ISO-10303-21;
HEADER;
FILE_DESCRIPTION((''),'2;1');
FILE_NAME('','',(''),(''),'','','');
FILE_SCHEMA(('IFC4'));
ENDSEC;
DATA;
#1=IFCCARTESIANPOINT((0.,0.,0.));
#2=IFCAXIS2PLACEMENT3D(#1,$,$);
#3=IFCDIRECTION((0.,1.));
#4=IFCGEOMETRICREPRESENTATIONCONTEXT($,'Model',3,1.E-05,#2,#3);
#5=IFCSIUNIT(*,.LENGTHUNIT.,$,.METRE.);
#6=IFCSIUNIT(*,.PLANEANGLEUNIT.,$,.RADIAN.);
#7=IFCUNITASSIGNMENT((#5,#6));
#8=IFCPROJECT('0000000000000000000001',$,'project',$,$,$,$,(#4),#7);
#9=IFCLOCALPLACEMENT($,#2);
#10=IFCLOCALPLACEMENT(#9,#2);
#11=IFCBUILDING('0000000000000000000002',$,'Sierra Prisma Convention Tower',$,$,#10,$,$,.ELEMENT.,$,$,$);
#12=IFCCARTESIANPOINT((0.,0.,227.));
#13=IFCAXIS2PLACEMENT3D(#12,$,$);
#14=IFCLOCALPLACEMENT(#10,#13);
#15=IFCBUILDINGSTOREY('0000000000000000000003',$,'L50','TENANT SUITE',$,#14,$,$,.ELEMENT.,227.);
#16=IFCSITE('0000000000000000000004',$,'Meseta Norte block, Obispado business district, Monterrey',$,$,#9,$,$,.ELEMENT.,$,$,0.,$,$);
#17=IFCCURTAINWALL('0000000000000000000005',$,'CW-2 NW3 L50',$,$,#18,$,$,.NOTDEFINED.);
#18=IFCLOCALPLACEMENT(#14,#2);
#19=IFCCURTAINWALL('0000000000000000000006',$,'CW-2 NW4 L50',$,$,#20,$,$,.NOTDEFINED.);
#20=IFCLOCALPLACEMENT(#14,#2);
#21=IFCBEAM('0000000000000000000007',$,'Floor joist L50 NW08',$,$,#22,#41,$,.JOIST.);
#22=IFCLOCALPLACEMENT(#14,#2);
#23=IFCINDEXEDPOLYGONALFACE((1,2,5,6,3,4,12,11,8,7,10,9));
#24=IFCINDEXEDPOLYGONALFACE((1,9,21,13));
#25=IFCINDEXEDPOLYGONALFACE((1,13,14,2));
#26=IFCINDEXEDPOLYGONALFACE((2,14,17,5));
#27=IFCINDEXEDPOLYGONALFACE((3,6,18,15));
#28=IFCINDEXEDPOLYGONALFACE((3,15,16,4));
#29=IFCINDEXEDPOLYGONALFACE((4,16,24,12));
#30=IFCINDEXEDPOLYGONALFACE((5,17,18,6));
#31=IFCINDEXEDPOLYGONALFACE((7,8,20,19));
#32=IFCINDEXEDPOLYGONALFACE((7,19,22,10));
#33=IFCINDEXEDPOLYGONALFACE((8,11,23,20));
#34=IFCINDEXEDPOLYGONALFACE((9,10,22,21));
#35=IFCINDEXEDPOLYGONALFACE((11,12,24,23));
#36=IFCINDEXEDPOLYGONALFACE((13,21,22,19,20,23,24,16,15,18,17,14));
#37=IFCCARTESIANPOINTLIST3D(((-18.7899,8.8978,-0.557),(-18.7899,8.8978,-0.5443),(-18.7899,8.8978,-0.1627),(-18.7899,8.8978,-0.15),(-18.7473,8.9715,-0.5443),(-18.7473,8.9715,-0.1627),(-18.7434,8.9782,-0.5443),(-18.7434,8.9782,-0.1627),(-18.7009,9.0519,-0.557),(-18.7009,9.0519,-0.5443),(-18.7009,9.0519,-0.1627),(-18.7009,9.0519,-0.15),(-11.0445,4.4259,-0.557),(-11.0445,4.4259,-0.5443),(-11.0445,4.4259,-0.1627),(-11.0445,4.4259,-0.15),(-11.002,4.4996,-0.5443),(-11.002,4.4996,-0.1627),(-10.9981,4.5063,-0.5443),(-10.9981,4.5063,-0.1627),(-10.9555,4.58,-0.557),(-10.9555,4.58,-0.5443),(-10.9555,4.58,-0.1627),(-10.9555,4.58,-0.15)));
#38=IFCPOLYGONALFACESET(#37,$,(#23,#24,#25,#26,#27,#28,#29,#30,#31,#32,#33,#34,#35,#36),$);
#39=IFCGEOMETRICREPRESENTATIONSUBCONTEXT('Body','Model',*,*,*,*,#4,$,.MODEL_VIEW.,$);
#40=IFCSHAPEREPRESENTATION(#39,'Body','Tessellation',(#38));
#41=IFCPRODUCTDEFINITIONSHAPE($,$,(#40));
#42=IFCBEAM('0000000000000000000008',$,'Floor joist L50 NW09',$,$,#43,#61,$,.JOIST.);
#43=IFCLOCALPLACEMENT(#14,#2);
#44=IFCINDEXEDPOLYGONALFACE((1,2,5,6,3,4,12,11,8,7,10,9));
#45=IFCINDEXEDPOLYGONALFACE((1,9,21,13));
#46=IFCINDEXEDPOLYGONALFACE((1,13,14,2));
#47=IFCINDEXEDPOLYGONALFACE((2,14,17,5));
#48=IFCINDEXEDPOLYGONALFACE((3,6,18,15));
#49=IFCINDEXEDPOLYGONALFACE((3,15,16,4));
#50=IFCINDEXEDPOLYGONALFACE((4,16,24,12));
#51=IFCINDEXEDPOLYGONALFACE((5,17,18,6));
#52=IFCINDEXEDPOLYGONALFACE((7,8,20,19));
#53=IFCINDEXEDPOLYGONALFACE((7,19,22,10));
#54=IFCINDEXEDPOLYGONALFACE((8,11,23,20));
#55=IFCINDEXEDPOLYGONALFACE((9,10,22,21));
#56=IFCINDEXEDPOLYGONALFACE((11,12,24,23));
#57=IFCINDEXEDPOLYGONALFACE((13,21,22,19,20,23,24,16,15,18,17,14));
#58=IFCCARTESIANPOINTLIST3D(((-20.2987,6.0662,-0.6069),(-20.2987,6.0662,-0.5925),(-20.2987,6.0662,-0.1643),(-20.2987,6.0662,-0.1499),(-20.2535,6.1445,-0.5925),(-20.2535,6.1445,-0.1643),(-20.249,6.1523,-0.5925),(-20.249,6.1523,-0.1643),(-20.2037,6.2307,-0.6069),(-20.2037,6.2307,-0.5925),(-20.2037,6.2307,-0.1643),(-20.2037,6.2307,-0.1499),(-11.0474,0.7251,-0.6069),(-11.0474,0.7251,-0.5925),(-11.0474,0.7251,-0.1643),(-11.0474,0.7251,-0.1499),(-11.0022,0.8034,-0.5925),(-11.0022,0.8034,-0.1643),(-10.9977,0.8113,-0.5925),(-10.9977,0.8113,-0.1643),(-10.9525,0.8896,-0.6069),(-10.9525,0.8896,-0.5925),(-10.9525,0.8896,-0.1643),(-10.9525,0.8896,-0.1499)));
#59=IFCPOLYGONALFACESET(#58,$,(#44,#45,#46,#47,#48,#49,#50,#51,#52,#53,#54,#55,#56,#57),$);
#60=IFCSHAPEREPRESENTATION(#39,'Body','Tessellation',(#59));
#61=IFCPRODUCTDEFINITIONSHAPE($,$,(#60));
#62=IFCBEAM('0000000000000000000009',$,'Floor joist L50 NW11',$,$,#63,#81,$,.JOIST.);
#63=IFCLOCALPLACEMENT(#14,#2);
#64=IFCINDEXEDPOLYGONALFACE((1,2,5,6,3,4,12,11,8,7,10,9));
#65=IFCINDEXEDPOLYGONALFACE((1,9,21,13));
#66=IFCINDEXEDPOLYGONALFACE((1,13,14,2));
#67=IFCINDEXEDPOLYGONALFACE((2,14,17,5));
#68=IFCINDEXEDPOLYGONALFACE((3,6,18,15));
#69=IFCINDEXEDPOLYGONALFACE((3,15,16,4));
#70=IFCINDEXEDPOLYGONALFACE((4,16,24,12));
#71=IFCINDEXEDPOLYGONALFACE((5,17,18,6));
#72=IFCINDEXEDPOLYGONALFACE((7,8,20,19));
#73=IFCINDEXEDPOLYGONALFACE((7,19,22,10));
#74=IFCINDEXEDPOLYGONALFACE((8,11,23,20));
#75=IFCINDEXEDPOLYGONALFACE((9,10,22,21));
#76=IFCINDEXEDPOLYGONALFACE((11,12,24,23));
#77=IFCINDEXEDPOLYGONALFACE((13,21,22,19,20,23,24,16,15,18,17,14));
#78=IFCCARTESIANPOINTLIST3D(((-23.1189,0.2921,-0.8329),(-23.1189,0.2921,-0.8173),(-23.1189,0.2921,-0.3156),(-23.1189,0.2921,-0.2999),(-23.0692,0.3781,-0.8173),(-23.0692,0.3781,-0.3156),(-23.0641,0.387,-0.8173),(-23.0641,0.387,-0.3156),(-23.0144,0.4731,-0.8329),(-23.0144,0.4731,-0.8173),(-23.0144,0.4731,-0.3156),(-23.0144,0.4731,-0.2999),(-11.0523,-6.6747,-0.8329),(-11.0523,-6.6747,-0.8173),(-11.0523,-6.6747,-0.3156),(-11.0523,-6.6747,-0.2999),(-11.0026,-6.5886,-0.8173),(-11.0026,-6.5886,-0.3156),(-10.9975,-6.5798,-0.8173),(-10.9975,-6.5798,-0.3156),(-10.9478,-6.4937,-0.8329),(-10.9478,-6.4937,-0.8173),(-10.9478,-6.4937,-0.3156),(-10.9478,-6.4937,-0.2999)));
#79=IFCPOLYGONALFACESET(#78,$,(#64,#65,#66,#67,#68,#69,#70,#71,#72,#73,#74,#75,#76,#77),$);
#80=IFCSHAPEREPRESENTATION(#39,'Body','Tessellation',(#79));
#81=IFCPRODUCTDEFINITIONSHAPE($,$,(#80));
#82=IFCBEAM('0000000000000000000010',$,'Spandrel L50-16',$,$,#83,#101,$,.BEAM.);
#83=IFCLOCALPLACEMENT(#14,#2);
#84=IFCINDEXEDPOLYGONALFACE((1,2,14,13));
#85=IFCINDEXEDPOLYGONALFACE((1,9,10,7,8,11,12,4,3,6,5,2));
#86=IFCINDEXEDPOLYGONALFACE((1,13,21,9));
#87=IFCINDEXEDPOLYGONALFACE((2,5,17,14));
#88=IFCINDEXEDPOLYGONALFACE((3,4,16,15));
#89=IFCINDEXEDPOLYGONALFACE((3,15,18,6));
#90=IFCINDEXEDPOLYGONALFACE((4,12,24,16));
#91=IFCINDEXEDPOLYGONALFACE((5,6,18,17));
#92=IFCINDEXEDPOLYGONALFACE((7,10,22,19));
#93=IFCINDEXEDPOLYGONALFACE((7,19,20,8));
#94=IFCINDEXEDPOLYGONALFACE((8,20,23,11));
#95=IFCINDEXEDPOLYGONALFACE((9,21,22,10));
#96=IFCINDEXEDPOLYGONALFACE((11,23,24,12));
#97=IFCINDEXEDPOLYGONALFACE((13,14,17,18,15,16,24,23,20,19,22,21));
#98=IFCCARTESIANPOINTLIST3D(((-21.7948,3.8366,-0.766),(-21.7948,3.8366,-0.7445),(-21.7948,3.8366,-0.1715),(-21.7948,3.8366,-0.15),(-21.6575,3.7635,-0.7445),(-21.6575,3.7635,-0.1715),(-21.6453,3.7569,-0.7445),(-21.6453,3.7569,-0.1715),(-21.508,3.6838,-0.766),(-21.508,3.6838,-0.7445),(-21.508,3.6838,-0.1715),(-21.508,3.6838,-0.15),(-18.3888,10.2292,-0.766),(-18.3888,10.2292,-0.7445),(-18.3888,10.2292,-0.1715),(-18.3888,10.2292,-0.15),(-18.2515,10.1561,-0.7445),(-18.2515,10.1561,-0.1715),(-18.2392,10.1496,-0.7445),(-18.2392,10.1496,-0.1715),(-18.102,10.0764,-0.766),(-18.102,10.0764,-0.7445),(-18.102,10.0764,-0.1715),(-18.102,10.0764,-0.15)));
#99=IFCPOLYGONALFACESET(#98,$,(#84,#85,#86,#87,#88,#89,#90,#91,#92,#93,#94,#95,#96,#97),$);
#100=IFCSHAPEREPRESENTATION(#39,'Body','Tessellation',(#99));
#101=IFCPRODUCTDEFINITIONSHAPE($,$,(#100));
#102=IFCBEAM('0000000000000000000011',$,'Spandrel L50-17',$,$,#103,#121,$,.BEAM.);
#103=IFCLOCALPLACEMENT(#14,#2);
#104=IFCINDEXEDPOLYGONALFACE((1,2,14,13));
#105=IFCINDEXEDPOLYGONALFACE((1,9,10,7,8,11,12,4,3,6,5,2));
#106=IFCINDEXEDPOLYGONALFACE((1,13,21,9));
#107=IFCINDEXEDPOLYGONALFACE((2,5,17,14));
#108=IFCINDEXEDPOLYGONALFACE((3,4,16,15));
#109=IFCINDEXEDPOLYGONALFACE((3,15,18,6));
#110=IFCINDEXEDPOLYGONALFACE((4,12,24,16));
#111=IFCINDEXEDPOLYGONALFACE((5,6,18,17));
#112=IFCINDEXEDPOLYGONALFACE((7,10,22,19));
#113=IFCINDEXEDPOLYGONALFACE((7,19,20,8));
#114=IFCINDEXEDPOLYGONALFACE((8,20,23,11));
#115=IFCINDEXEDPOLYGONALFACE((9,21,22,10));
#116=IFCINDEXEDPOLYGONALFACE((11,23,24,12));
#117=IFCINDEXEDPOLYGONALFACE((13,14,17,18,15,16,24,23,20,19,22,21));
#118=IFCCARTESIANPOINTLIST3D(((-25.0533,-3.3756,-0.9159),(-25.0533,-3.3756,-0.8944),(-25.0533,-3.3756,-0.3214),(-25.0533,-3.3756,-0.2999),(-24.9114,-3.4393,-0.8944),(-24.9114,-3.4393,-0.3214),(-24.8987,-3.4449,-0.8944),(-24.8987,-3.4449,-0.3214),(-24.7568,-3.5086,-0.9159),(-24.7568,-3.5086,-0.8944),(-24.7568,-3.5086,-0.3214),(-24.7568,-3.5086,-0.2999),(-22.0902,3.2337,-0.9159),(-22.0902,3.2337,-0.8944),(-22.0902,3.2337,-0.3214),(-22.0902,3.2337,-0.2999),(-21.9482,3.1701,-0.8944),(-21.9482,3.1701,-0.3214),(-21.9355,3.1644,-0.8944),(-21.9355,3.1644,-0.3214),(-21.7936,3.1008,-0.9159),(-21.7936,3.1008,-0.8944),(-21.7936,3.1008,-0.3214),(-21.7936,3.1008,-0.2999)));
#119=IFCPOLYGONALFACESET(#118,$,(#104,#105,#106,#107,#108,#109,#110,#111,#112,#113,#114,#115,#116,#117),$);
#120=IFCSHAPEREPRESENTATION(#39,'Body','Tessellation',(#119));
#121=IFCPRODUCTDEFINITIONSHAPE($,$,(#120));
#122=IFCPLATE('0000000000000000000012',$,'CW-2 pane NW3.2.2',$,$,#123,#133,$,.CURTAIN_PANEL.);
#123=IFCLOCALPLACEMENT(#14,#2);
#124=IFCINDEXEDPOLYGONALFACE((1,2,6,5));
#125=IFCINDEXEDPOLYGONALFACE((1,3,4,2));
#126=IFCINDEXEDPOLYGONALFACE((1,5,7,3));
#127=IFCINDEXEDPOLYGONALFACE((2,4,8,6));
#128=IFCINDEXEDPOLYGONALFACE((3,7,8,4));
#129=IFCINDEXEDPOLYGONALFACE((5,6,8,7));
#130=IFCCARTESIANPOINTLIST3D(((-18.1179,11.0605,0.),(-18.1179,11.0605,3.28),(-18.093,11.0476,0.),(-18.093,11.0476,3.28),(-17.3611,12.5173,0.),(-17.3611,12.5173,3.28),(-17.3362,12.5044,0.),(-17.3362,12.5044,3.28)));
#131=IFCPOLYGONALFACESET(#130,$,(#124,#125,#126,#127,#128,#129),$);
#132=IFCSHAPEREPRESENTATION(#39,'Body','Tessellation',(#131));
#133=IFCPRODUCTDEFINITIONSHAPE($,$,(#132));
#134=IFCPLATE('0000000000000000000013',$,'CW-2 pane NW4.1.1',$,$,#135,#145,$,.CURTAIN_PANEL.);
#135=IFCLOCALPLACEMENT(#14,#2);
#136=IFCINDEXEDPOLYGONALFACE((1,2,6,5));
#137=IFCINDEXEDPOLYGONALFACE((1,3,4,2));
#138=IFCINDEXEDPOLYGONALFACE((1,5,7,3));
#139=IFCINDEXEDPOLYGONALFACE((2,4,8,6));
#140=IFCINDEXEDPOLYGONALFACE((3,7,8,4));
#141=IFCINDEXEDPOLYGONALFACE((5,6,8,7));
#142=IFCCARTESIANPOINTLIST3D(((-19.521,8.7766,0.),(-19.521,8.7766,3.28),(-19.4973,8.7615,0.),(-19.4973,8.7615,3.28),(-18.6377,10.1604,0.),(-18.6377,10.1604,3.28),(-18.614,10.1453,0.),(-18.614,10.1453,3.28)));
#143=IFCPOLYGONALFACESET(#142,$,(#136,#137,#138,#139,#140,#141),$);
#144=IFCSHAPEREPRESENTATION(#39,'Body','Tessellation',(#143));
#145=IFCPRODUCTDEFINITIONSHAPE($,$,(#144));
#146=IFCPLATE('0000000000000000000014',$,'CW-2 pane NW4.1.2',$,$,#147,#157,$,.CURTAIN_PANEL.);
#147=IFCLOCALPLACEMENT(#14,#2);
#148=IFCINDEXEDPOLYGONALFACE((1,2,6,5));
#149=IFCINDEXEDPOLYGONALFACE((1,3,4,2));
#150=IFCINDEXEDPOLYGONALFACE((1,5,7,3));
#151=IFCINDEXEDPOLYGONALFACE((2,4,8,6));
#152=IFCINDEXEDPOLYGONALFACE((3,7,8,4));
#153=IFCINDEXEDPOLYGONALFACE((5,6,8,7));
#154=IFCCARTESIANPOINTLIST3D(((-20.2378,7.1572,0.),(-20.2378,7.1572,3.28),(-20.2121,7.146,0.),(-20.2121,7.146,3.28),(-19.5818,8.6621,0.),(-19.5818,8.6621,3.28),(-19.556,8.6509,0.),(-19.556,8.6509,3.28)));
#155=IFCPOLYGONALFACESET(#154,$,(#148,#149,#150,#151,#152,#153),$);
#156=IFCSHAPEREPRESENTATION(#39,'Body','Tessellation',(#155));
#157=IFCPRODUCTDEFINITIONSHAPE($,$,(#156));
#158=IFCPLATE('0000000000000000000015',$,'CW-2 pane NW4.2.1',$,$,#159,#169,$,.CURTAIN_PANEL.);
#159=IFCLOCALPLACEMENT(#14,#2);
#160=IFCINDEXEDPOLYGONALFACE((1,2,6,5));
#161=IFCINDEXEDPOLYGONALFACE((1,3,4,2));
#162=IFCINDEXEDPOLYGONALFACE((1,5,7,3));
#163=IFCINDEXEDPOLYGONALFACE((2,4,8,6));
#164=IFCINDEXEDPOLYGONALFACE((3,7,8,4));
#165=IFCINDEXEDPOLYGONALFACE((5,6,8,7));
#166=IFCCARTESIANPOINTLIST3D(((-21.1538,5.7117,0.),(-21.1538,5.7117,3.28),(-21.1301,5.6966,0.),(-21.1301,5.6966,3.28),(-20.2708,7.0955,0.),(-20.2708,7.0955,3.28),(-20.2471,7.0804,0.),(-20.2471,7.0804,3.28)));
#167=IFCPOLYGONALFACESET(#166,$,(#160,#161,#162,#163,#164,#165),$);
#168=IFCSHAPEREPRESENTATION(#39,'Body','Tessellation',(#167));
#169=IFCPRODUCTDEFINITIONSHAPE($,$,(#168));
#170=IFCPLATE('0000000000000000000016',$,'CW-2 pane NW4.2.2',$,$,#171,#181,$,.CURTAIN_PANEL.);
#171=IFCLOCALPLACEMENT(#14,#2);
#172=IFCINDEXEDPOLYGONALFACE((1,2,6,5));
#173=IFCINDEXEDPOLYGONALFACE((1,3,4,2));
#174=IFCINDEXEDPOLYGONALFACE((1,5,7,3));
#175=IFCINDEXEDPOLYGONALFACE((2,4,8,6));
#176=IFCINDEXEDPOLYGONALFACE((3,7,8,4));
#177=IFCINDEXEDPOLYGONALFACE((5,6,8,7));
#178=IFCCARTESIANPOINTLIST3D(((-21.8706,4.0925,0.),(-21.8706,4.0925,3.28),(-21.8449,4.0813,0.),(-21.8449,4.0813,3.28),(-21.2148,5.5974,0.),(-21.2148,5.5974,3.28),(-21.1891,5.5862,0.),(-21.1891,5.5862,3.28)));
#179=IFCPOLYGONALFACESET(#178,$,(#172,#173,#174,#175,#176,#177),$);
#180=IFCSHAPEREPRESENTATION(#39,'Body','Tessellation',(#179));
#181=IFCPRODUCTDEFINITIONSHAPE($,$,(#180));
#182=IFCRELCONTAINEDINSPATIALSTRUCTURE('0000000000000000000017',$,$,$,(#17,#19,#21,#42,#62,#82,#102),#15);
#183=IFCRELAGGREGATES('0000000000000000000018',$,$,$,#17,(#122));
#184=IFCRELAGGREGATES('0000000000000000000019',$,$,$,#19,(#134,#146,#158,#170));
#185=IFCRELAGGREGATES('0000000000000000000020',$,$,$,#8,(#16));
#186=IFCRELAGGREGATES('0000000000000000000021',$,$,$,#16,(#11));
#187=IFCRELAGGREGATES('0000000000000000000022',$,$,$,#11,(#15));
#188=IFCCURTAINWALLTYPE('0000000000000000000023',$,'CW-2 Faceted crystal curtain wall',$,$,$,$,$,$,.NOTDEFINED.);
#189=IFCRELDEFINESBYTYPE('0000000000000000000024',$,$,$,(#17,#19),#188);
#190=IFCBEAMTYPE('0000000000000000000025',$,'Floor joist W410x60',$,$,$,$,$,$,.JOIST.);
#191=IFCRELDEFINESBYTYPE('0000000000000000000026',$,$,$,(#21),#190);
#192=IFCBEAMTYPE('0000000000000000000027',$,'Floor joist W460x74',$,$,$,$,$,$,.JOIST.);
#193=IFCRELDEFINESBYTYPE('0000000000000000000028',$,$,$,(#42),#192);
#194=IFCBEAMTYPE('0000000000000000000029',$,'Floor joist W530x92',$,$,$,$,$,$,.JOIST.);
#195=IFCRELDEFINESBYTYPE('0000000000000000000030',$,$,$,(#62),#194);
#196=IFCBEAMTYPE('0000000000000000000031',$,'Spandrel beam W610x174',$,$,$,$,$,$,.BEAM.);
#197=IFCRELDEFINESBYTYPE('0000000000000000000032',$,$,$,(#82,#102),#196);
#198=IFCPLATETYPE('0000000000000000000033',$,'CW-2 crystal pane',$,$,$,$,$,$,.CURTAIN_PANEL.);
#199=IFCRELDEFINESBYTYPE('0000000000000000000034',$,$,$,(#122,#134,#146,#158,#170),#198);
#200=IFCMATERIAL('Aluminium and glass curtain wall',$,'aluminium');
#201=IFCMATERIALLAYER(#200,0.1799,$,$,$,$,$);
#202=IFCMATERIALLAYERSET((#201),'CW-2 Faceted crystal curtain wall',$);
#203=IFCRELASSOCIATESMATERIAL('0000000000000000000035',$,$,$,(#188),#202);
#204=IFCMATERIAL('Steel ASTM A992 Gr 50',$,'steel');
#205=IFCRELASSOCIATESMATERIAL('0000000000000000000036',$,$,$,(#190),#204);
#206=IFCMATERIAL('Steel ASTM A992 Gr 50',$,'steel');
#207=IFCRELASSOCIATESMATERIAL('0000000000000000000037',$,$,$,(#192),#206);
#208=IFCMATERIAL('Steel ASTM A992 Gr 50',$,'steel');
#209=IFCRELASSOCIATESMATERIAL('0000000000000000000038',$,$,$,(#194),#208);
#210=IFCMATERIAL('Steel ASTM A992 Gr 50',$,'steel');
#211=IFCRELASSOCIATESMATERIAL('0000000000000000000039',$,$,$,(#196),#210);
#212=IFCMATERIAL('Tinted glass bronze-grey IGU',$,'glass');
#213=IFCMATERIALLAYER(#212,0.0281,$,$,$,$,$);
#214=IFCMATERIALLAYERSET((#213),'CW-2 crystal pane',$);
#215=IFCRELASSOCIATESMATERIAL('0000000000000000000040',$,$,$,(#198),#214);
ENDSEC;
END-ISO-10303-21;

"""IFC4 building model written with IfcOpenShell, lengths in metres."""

from ifc_helpers import new_model, si_unit, direction, frame, origin, origin_2d, place, context, subcontext, project, spatial, polyline, i_section, outline, extrude, material, layer, layer_set, material_profile, profile_set, type_object, element, aggregate, save


model = new_model("IFC4")

# Units and contexts
model_context = context("Model", 3, precision=1e-05, world=origin(), true_north=direction((0.0, 1.0)))
body_context = subcontext(model_context, "Body", "Model", "MODEL_VIEW")
ifc_project = project(units=[si_unit("LENGTHUNIT", "METRE"), si_unit("PLANEANGLEUNIT", "RADIAN")], contexts=[model_context])

# Site, building, storey
site_placement = place(None, origin())
site = spatial("IfcSite", under=ifc_project, at=site_placement, Name="Meseta Norte block, Obispado business district, Monterrey", CompositionType="ELEMENT", RefElevation=0.0)
building_placement = place(site_placement, origin())
building = spatial("IfcBuilding", under=site, at=building_placement, Name="Sierra Prisma Convention Tower", CompositionType="ELEMENT")
storey_placement = place(building_placement, frame((0.0, 0.0, 227.0)))
storey = spatial("IfcBuildingStorey", under=building, at=storey_placement, Name="L50", Description="TENANT SUITE", CompositionType="ELEMENT", Elevation=227.0)

# Curtain wall
ifc_material_1 = material(Name="Aluminium and glass curtain wall", Category="aluminium")
ifc_layer_1 = layer(ifc_material_1, 0.1799)
ifc_layer_set_1 = layer_set([ifc_layer_1], Name="CW-2 Faceted crystal curtain wall")
curtain_wall_type = type_object("IfcCurtainWallType", Name="CW-2 Faceted crystal curtain wall", PredefinedType="NOTDEFINED", material=ifc_layer_set_1)
curtain_wall_1_placement = place(storey_placement, origin())
curtain_wall_1 = element("IfcCurtainWall", 1, at=curtain_wall_1_placement, inside=storey, type_object=curtain_wall_type, Name="CW-2 NW3 L50", PredefinedType="NOTDEFINED")

# Curtain wall
curtain_wall_2_placement = place(storey_placement, origin())
curtain_wall_2 = element("IfcCurtainWall", 2, at=curtain_wall_2_placement, inside=storey, type_object=curtain_wall_type, Name="CW-2 NW4 L50", PredefinedType="NOTDEFINED")

# Beams
ifc_material_2 = material(Name="Steel ASTM A992 Gr 50", Category="steel")
ifc_material_profile_1 = material_profile(ifc_material_2, i_section(OverallWidth=0.178, OverallDepth=0.407, WebThickness=0.0078, FlangeThickness=0.0127, at=origin_2d()), Name="W410x60")
ifc_profile_set_1 = profile_set([ifc_material_profile_1], Name="Steel ASTM A992 Gr 50")
beam_type_1 = type_object("IfcBeamType", Name="Floor joist W410x60", PredefinedType="JOIST", material=ifc_profile_set_1)
beam_1_placement = place(storey_placement, frame((-18.7454, 8.9749, -0.3535), z_axis=(0.866019, -0.500012, 0.0), x_axis=(0.500012, 0.866019, 0.0)))
element("IfcBeam", 3, at=beam_1_placement, inside=storey, type_object=beam_type_1, Name="Floor joist L50 NW08", PredefinedType="JOIST", context=body_context, shape_type="SweptSolid", body=[
    extrude(i_section(OverallWidth=0.178, OverallDepth=0.407, WebThickness=0.0078, FlangeThickness=0.0127, at=origin_2d()), origin(), (0.0, 0.0, 1.0), 8.9436),
])
ifc_material_3 = material(Name="Steel ASTM A992 Gr 50", Category="steel")
ifc_material_profile_2 = material_profile(ifc_material_3, i_section(OverallWidth=0.1899, OverallDepth=0.457, WebThickness=0.009, FlangeThickness=0.0144, at=origin_2d()), Name="W460x74")
ifc_profile_set_2 = profile_set([ifc_material_profile_2], Name="Steel ASTM A992 Gr 50")
beam_type_2 = type_object("IfcBeamType", Name="Floor joist W460x74", PredefinedType="JOIST", material=ifc_profile_set_2)
beam_2_placement = place(storey_placement, frame((-20.2512, 6.1484, -0.3784), z_axis=(0.866031, -0.499991, 0.0), x_axis=(0.499991, 0.866031, 0.0)))
element("IfcBeam", 4, at=beam_2_placement, inside=storey, type_object=beam_type_2, Name="Floor joist L50 NW09", PredefinedType="JOIST", context=body_context, shape_type="SweptSolid", body=[
    extrude(i_section(OverallWidth=0.1899, OverallDepth=0.457, WebThickness=0.009, FlangeThickness=0.0144, at=origin_2d()), origin(), (0.0, 0.0, 1.0), 10.6824),
])
ifc_material_4 = material(Name="Steel ASTM A992 Gr 50", Category="steel")
ifc_material_profile_3 = material_profile(ifc_material_4, i_section(OverallWidth=0.209, OverallDepth=0.533, WebThickness=0.0103, FlangeThickness=0.0156, at=origin_2d()), Name="W530x92")
ifc_profile_set_3 = profile_set([ifc_material_profile_3], Name="Steel ASTM A992 Gr 50")
beam_type_3 = type_object("IfcBeamType", Name="Floor joist W530x92", PredefinedType="JOIST", material=ifc_profile_set_3)
beam_3_placement = place(storey_placement, frame((-23.0667, 0.3826, -0.5664), z_axis=(0.866022, -0.500006, 0.0), x_axis=(0.500006, 0.866022, 0.0)))
element("IfcBeam", 5, at=beam_3_placement, inside=storey, type_object=beam_type_3, Name="Floor joist L50 NW11", PredefinedType="JOIST", context=body_context, shape_type="SweptSolid", body=[
    extrude(i_section(OverallWidth=0.209, OverallDepth=0.533, WebThickness=0.0103, FlangeThickness=0.0156, at=origin_2d()), origin(), (0.0, 0.0, 1.0), 13.9333),
])
ifc_material_5 = material(Name="Steel ASTM A992 Gr 50", Category="steel")
ifc_material_profile_4 = material_profile(ifc_material_5, i_section(OverallWidth=0.325, OverallDepth=0.616, WebThickness=0.0139, FlangeThickness=0.0215, at=origin_2d()), Name="W610x174")
ifc_profile_set_4 = profile_set([ifc_material_profile_4], Name="Steel ASTM A992 Gr 50")
beam_type_4 = type_object("IfcBeamType", Name="Spandrel beam W610x174", PredefinedType="BEAM", material=ifc_profile_set_4)
beam_4_placement = place(storey_placement, frame((-18.2454, 10.1528, -0.458), z_axis=(-0.470226, -0.882546, 0.0), x_axis=(0.882546, -0.470226, 0.0)))
element("IfcBeam", 6, at=beam_4_placement, inside=storey, type_object=beam_type_4, Name="Spandrel L50-16", PredefinedType="BEAM", context=body_context, shape_type="SweptSolid", body=[
    extrude(i_section(OverallWidth=0.325, OverallDepth=0.616, WebThickness=0.0139, FlangeThickness=0.0215, at=origin_2d()), origin(), (0.0, 0.0, 1.0), 7.2434),
])
beam_5_placement = place(storey_placement, frame((-21.9419, 3.1672, -0.6079), z_axis=(-0.409092, -0.912493, 0.0), x_axis=(0.912493, -0.409092, 0.0)))
element("IfcBeam", 7, at=beam_5_placement, inside=storey, type_object=beam_type_4, Name="Spandrel L50-17", PredefinedType="BEAM", context=body_context, shape_type="SweptSolid", body=[
    extrude(i_section(OverallWidth=0.325, OverallDepth=0.616, WebThickness=0.0139, FlangeThickness=0.0215, at=origin_2d()), origin(), (0.0, 0.0, 1.0), 7.2432),
])

# Plates
ifc_material_6 = material(Name="Tinted glass bronze-grey IGU", Category="glass")
ifc_layer_2 = layer(ifc_material_6, 0.0281)
ifc_layer_set_2 = layer_set([ifc_layer_2], Name="CW-2 crystal pane")
plate_type = type_object("IfcPlateType", Name="CW-2 crystal pane", PredefinedType="CURTAIN_PANEL", material=ifc_layer_set_2)
plate_1_placement = place(storey_placement, frame((-18.1179, 11.0605, 0.0), z_axis=(-0.88739, 0.46102, 0.0), x_axis=(0.46102, 0.88739, 0.0)))
plate_1 = element("IfcPlate", 8, at=plate_1_placement, type_object=plate_type, Name="CW-2 pane NW3.2.2", PredefinedType="CURTAIN_PANEL", context=body_context, shape_type="SweptSolid", body=[
    extrude(outline(polyline([(0.0, 0.0), (1.6417, 0.0), (1.6417, -3.28), (0.0, -3.28), (0.0, 0.0)])), origin(), (0.0, 0.0, -1.0), 0.0281),
])
aggregate(curtain_wall_1, [plate_1])
plate_2_placement = place(storey_placement, frame((-18.6377, 10.1604, 0.0), z_axis=(-0.842914, 0.538049, 0.0), x_axis=(-0.538049, -0.842914, 0.0)))
plate_2 = element("IfcPlate", 9, at=plate_2_placement, type_object=plate_type, Name="CW-2 pane NW4.1.1", PredefinedType="CURTAIN_PANEL", context=body_context, shape_type="SweptSolid", body=[
    extrude(outline(polyline([(0.0, 0.0), (1.6417, 0.0), (1.6417, 3.28), (0.0, 3.28), (0.0, 0.0)])), origin(), (0.0, 0.0, -1.0), 0.0281),
])
plate_3_placement = place(storey_placement, frame((-20.2378, 7.1572, 0.0), z_axis=(-0.916689, 0.399601, 0.0), x_axis=(0.399601, 0.916689, 0.0)))
plate_3 = element("IfcPlate", 10, at=plate_3_placement, type_object=plate_type, Name="CW-2 pane NW4.1.2", PredefinedType="CURTAIN_PANEL", context=body_context, shape_type="SweptSolid", body=[
    extrude(outline(polyline([(0.0, 0.0), (1.6417, 0.0), (1.6417, -3.28), (0.0, -3.28), (0.0, 0.0)])), origin(), (0.0, 0.0, -1.0), 0.0281),
])
plate_4_placement = place(storey_placement, frame((-20.2708, 7.0955, 0.0), z_axis=(-0.842981, 0.537943, 0.0), x_axis=(-0.537943, -0.842981, 0.0)))
plate_4 = element("IfcPlate", 11, at=plate_4_placement, type_object=plate_type, Name="CW-2 pane NW4.2.1", PredefinedType="CURTAIN_PANEL", context=body_context, shape_type="SweptSolid", body=[
    extrude(outline(polyline([(0.0, 0.0), (1.6415, 0.0), (1.6415, 3.28), (0.0, 3.28), (0.0, 0.0)])), origin(), (0.0, 0.0, -1.0), 0.0281),
])
plate_5_placement = place(storey_placement, frame((-21.8706, 4.0925, 0.0), z_axis=(-0.916743, 0.399476, 0.0), x_axis=(0.399476, 0.916743, 0.0)))
plate_5 = element("IfcPlate", 12, at=plate_5_placement, type_object=plate_type, Name="CW-2 pane NW4.2.2", PredefinedType="CURTAIN_PANEL", context=body_context, shape_type="SweptSolid", body=[
    extrude(outline(polyline([(0.0, 0.0), (1.6416, 0.0), (1.6416, -3.28), (0.0, -3.28), (0.0, 0.0)])), origin(), (0.0, 0.0, -1.0), 0.0281),
])
aggregate(curtain_wall_2, [plate_2, plate_3, plate_4, plate_5])

save(model, "model.ifc")
